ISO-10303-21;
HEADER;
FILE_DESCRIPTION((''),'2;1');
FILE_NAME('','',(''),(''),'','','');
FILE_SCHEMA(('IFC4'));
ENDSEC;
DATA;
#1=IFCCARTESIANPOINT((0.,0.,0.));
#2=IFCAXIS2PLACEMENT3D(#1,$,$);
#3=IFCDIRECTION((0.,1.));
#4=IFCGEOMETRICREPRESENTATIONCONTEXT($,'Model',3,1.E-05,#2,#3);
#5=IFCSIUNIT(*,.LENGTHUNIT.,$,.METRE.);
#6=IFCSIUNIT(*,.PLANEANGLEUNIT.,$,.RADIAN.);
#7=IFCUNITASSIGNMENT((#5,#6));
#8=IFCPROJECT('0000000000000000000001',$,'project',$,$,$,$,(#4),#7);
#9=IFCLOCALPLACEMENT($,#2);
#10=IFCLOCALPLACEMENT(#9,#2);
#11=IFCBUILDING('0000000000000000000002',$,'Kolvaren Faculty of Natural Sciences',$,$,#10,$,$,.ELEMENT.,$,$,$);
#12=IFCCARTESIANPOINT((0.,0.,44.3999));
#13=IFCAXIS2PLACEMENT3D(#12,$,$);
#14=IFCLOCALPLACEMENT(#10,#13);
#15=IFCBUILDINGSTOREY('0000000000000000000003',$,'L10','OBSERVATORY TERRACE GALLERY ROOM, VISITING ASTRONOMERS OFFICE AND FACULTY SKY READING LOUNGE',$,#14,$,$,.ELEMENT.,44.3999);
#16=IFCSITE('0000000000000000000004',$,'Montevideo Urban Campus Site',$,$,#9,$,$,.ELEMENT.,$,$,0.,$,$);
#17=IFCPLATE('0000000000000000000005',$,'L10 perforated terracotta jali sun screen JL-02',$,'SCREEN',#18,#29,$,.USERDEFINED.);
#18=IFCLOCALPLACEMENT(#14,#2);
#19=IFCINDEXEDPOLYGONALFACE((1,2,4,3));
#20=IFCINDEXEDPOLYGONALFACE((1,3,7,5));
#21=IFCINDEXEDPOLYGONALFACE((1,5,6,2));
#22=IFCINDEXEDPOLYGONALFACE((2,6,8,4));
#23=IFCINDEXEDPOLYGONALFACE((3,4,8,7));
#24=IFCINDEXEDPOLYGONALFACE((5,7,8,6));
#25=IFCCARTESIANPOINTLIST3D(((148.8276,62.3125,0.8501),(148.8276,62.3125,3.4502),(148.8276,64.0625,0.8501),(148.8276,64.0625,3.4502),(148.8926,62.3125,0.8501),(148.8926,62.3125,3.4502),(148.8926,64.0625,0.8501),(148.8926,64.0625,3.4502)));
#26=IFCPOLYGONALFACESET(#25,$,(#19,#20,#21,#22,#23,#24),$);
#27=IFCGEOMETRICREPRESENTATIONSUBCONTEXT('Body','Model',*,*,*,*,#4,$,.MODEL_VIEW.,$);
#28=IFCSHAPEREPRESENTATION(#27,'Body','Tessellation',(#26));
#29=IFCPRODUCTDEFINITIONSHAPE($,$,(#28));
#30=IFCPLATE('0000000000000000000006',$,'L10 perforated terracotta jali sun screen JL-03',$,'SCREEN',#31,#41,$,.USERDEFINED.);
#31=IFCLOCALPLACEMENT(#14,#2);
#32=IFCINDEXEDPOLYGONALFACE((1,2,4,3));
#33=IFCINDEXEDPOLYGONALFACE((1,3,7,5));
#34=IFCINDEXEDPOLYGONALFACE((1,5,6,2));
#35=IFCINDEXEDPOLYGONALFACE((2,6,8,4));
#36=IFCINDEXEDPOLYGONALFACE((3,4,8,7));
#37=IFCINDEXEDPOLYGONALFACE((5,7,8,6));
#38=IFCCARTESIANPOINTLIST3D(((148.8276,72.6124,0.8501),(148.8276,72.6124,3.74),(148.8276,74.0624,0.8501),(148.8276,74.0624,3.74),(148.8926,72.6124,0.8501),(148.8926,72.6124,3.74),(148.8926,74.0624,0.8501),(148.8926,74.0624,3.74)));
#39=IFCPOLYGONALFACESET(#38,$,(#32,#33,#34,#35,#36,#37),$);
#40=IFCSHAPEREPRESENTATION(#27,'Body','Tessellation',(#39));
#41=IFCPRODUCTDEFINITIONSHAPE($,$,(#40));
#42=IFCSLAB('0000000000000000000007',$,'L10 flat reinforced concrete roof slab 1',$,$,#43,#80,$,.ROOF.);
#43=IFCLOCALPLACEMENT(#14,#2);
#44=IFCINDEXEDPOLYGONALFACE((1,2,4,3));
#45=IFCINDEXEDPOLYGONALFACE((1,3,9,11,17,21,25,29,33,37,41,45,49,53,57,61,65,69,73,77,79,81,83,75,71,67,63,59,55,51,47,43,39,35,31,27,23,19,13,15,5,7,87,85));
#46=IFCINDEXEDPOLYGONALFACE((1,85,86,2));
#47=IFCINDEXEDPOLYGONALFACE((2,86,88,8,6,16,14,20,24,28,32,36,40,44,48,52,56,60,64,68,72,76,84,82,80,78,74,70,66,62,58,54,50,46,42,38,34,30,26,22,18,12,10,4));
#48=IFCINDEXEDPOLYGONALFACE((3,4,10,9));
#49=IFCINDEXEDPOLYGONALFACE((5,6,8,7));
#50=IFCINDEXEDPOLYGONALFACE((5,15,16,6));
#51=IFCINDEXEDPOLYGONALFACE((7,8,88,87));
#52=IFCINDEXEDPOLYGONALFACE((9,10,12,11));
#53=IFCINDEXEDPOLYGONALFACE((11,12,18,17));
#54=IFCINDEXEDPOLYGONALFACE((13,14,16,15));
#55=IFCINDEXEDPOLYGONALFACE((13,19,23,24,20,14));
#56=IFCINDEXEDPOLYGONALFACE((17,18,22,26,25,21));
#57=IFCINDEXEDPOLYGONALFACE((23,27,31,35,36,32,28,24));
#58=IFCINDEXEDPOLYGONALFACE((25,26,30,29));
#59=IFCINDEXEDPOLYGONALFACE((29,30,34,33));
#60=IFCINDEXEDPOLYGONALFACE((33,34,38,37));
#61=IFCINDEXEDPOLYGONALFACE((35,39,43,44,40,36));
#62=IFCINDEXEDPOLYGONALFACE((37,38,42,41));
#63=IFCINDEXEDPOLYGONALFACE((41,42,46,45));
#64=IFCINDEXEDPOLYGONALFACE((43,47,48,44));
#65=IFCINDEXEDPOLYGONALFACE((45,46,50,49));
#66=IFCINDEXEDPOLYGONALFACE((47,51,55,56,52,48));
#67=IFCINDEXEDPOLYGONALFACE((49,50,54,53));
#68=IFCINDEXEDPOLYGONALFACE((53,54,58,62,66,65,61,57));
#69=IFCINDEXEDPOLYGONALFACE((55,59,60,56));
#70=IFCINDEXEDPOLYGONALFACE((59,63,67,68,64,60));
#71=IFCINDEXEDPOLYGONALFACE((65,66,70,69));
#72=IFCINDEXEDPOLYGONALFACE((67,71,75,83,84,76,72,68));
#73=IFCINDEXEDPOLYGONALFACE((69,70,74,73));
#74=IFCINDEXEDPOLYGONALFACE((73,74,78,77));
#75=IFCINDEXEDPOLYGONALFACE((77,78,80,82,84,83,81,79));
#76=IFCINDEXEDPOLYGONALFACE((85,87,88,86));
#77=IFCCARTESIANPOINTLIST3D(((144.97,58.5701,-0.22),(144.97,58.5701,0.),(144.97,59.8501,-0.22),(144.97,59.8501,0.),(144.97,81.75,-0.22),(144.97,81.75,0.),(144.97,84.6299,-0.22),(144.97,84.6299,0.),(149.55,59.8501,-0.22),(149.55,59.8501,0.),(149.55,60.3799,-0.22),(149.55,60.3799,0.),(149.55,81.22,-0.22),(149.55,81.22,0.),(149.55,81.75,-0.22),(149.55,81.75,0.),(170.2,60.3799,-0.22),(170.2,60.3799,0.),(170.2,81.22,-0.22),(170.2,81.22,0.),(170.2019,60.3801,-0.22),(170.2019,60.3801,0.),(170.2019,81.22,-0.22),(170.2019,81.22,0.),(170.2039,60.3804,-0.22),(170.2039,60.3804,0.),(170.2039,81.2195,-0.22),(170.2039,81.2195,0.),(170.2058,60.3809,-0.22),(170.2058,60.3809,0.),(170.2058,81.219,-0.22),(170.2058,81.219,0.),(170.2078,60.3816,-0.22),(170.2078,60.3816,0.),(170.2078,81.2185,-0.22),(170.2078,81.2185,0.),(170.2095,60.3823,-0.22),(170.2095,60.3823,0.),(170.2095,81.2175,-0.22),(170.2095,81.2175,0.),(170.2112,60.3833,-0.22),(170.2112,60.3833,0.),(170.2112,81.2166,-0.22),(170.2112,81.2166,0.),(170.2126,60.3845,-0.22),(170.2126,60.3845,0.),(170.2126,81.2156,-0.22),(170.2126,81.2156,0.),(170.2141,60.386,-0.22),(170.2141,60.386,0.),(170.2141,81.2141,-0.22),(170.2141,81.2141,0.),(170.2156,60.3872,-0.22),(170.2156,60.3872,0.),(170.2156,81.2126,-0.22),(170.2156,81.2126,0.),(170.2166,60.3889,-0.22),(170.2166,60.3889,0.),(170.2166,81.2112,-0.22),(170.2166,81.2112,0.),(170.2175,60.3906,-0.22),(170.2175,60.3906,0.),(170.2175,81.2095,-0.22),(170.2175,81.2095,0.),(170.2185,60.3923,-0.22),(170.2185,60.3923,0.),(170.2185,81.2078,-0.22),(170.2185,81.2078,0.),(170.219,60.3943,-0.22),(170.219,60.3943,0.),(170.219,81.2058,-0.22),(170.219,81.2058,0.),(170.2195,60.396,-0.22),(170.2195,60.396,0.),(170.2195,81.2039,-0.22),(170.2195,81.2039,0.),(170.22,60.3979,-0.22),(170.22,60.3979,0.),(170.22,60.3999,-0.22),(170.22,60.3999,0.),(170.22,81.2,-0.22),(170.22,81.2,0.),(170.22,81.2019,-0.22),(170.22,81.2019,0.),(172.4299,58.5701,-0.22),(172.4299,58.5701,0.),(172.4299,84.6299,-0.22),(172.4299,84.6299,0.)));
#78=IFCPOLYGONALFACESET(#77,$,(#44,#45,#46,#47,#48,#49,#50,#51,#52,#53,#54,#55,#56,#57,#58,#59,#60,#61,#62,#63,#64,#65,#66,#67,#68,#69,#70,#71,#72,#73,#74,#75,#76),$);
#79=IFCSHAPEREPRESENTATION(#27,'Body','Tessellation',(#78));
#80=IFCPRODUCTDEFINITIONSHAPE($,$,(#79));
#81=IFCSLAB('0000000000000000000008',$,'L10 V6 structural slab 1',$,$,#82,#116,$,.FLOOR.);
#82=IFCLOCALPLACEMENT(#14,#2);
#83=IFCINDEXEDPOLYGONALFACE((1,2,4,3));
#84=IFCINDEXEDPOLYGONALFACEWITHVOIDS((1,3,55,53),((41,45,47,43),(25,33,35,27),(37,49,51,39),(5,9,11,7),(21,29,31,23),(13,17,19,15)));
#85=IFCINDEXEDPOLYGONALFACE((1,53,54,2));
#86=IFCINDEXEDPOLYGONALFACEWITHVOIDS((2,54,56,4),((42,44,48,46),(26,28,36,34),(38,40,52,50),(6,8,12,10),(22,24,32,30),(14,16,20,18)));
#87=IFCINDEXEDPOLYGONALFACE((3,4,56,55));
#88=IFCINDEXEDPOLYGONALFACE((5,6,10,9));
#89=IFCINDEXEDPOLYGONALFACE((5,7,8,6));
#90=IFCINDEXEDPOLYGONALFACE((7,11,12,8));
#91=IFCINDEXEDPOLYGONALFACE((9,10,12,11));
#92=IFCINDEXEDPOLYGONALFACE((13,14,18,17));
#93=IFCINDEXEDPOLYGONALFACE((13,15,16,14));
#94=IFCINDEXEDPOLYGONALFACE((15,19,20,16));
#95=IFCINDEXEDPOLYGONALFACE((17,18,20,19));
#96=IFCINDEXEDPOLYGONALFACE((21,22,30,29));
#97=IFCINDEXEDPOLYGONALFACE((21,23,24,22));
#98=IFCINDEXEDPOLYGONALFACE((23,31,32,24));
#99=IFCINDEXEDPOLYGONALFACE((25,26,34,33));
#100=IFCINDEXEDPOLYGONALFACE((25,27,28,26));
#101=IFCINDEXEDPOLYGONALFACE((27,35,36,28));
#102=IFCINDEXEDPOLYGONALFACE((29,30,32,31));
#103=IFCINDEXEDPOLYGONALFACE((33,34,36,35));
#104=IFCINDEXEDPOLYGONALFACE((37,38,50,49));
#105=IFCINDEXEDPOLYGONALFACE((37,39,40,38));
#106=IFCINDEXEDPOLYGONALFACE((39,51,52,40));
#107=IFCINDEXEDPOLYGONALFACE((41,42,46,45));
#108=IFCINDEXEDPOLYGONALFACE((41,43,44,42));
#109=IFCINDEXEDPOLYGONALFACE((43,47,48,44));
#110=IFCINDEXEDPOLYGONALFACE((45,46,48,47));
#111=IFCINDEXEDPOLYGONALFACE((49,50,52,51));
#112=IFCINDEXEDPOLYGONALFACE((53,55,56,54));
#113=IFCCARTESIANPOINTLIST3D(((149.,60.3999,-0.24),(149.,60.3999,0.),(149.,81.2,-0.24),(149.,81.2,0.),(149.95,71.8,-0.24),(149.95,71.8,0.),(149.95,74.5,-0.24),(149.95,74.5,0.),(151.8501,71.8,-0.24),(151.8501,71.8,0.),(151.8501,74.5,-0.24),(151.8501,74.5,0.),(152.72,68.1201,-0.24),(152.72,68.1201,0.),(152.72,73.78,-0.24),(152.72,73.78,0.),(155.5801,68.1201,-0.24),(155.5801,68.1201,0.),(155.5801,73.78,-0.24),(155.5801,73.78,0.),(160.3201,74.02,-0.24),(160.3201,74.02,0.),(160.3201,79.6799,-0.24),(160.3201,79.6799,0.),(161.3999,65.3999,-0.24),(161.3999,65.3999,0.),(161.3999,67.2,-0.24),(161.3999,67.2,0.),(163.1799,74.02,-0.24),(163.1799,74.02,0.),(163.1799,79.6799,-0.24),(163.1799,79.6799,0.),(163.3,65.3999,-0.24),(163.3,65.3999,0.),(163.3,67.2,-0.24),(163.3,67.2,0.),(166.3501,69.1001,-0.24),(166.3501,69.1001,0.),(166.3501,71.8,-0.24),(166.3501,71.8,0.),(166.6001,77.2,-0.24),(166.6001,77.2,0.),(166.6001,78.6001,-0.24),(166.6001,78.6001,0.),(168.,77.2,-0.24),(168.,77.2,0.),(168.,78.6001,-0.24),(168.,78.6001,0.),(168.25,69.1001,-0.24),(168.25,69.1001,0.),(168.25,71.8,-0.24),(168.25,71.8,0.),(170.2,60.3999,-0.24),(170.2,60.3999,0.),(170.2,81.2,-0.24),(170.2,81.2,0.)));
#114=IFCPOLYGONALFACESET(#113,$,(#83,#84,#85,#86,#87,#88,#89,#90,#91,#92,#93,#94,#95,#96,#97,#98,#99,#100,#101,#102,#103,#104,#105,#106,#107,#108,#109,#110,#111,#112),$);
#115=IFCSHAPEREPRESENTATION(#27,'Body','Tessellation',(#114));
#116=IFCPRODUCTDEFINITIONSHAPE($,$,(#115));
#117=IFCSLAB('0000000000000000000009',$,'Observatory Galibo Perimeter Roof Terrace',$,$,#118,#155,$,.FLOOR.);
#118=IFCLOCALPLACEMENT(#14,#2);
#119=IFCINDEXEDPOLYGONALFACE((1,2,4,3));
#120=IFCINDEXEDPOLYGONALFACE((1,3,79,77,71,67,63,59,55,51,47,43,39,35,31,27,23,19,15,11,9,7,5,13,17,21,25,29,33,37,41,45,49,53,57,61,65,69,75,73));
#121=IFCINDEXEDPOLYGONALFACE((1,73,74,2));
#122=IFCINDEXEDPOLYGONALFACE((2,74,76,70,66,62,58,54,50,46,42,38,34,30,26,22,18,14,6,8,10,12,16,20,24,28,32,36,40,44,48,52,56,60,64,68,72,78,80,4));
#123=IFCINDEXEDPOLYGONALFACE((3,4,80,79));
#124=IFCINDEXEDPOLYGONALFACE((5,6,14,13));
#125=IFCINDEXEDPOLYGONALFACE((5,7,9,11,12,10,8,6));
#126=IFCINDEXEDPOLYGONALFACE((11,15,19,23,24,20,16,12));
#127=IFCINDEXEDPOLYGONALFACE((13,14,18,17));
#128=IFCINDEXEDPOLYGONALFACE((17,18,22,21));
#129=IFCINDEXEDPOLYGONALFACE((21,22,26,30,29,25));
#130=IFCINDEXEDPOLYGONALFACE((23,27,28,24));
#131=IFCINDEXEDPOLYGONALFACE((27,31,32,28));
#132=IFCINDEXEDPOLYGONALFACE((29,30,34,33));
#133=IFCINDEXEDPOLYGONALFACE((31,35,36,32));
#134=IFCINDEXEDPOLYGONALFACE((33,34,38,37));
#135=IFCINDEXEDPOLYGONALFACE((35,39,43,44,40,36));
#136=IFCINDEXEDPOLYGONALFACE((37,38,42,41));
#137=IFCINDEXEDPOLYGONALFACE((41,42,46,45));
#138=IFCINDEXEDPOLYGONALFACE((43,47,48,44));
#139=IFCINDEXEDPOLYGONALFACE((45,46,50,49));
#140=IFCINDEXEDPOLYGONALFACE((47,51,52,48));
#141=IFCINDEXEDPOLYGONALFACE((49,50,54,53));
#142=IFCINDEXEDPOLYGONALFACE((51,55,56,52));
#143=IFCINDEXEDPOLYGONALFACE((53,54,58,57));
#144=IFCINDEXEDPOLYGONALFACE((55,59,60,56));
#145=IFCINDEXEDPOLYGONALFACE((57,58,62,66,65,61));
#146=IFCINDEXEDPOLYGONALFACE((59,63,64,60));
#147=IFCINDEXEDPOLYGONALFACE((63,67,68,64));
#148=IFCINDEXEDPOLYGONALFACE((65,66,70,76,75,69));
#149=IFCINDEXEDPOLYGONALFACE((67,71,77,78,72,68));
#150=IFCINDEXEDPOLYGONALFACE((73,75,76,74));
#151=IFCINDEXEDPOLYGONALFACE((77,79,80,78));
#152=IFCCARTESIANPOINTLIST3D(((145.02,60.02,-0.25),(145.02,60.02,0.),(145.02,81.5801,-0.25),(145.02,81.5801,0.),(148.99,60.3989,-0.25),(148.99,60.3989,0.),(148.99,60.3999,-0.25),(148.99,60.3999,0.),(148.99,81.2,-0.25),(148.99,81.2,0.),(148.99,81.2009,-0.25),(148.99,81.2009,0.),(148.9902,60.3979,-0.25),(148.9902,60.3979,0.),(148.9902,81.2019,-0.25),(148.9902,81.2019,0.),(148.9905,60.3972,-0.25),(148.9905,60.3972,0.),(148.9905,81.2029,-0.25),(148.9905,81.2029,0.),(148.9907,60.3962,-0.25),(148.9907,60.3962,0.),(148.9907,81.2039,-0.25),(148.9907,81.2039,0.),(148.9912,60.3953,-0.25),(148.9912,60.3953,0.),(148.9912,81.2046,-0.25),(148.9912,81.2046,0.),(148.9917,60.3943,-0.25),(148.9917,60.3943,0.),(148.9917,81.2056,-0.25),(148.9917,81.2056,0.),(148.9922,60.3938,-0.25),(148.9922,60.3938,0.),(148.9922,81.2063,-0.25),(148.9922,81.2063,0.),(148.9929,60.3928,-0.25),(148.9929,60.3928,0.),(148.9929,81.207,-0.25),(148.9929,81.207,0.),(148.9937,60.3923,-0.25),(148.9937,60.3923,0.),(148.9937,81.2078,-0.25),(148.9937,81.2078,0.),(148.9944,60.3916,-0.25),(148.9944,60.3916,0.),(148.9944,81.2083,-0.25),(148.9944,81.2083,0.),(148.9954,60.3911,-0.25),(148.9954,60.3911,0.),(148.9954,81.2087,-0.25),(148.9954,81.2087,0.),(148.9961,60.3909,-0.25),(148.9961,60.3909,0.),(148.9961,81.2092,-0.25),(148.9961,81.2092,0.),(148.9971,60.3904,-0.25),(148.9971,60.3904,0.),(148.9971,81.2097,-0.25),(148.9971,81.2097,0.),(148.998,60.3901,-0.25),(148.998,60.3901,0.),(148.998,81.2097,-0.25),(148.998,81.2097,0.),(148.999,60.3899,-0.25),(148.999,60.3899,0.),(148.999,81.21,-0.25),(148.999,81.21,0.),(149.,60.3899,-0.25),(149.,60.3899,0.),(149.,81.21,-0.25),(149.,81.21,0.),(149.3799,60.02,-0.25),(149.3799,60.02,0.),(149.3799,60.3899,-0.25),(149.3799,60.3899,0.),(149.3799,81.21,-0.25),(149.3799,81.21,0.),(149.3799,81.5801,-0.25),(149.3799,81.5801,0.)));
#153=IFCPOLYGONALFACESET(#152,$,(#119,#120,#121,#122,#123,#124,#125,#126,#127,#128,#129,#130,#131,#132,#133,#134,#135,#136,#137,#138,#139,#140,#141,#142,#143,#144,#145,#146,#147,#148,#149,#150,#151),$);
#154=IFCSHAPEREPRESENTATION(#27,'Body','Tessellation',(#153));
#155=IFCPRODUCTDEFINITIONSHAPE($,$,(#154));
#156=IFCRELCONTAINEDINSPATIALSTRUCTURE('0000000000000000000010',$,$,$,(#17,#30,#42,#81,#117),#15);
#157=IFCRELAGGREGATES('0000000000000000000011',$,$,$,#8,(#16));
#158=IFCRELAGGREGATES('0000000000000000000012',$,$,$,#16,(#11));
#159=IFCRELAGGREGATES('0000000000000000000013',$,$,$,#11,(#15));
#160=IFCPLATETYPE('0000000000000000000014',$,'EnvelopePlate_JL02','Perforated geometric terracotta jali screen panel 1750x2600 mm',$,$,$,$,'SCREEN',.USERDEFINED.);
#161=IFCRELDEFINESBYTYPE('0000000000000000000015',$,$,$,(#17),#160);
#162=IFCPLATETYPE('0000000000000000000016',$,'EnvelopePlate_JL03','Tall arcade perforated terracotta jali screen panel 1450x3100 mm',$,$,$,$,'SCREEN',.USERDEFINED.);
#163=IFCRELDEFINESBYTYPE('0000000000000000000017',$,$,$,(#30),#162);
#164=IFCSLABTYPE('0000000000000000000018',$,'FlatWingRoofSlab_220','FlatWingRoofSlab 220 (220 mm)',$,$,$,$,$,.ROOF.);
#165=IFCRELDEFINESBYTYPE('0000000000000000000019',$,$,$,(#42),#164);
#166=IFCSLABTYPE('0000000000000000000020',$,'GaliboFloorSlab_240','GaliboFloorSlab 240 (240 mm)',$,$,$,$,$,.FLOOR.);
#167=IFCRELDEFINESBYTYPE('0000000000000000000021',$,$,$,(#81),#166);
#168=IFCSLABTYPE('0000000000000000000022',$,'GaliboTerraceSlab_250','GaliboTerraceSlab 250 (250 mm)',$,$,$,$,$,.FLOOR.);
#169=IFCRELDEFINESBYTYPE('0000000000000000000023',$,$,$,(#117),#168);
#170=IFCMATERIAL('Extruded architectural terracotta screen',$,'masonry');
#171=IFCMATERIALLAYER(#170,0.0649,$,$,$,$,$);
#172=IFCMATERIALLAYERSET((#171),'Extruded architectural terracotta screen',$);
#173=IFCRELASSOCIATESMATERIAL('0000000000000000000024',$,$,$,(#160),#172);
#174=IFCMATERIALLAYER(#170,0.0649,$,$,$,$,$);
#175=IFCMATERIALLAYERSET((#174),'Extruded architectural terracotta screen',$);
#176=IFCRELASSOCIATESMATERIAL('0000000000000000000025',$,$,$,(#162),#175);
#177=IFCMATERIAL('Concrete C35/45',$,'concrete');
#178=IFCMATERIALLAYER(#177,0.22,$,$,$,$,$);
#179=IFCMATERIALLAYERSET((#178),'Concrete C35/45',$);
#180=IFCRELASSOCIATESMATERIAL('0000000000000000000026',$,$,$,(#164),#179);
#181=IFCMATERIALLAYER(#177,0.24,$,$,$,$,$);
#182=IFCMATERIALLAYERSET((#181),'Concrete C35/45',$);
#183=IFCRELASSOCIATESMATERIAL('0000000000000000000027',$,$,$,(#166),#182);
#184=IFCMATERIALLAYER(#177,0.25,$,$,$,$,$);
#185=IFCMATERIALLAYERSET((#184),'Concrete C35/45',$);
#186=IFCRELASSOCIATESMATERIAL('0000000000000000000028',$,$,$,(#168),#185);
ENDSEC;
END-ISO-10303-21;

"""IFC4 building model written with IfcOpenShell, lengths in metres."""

from ifc_helpers import new_model, si_unit, direction, frame, origin, origin_2d, place, context, subcontext, project, spatial, polyline, rectangle, outline, extrude, material, layer, layer_set, type_object, element, save


model = new_model("IFC4")

# Units and contexts
model_context = context("Model", 3, precision=1e-05, world=origin(), true_north=direction((0.0, 1.0)))
body_context = subcontext(model_context, "Body", "Model", "MODEL_VIEW")
ifc_project = project(units=[si_unit("LENGTHUNIT", "METRE"), si_unit("PLANEANGLEUNIT", "RADIAN")], contexts=[model_context])

# Site, building, storey
site_placement = place(None, origin())
site = spatial("IfcSite", under=ifc_project, at=site_placement, Name="Montevideo Urban Campus Site", CompositionType="ELEMENT", RefElevation=0.0)
building_placement = place(site_placement, origin())
building = spatial("IfcBuilding", under=site, at=building_placement, Name="Kolvaren Faculty of Natural Sciences", CompositionType="ELEMENT")
storey_placement = place(building_placement, frame((0.0, 0.0, 44.3999)))
storey = spatial("IfcBuildingStorey", under=building, at=storey_placement, Name="L10", Description="OBSERVATORY TERRACE GALLERY ROOM, VISITING ASTRONOMERS OFFICE AND FACULTY SKY READING LOUNGE", CompositionType="ELEMENT", Elevation=44.3999)

# Plates
ifc_material_1 = material(Name="Extruded architectural terracotta screen", Category="masonry")
ifc_layer_1 = layer(ifc_material_1, 0.0649)
ifc_layer_set_1 = layer_set([ifc_layer_1], Name="Extruded architectural terracotta screen")
plate_type_1 = type_object("IfcPlateType", Name="EnvelopePlate_JL02", Description="Perforated geometric terracotta jali screen panel 1750x2600 mm", ElementType="SCREEN", PredefinedType="USERDEFINED", material=ifc_layer_set_1)
plate_1_placement = place(storey_placement, frame((148.8601, 63.1875, 0.8501), z_axis=(0.0, 0.0, 1.0), x_axis=(0.0, 1.0, 0.0)))
element("IfcPlate", 1, at=plate_1_placement, inside=storey, type_object=plate_type_1, Name="L10 perforated terracotta jali sun screen JL-02", ObjectType="SCREEN", PredefinedType="USERDEFINED", context=body_context, shape_type="SweptSolid", body=[
    extrude(rectangle(XDim=1.75, YDim=0.0649, at=origin_2d()), origin(), (0.0, 0.0, 1.0), 2.6001),
])
ifc_layer_2 = layer(ifc_material_1, 0.0649)
ifc_layer_set_2 = layer_set([ifc_layer_2], Name="Extruded architectural terracotta screen")
plate_type_2 = type_object("IfcPlateType", Name="EnvelopePlate_JL03", Description="Tall arcade perforated terracotta jali screen panel 1450x3100 mm", ElementType="SCREEN", PredefinedType="USERDEFINED", material=ifc_layer_set_2)
plate_2_placement = place(storey_placement, frame((148.8601, 73.3374, 0.8501), z_axis=(0.0, 0.0, 1.0), x_axis=(0.0, 1.0, 0.0)))
element("IfcPlate", 2, at=plate_2_placement, inside=storey, type_object=plate_type_2, Name="L10 perforated terracotta jali sun screen JL-03", ObjectType="SCREEN", PredefinedType="USERDEFINED", context=body_context, shape_type="SweptSolid", body=[
    extrude(rectangle(XDim=1.45, YDim=0.0649, at=origin_2d()), origin(), (0.0, 0.0, 1.0), 2.8899),
])

# Slabs
ifc_material_2 = material(Name="Concrete C35/45", Category="concrete")
ifc_layer_3 = layer(ifc_material_2, 0.22)
ifc_layer_set_3 = layer_set([ifc_layer_3], Name="Concrete C35/45")
slab_type_1 = type_object("IfcSlabType", Name="FlatWingRoofSlab_220", Description="FlatWingRoofSlab 220 (220 mm)", PredefinedType="ROOF", material=ifc_layer_set_3)
slab_1_placement = place(storey_placement, frame((0.0, 0.0, -0.22)))
element("IfcSlab", 3, at=slab_1_placement, inside=storey, type_object=slab_type_1, Name="L10 flat reinforced concrete roof slab 1", PredefinedType="ROOF", context=body_context, shape_type="SweptSolid", body=[
    extrude(outline(polyline([(172.4299, 84.6299), (172.4299, 58.5701), (144.97, 58.5701), (144.97, 59.8501), (149.55, 59.8501), (149.55, 60.3799), (170.2, 60.3799), (170.2019, 60.3801), (170.2039, 60.3804), (170.2058, 60.3809), (170.2078, 60.3816), (170.2095, 60.3823), (170.2112, 60.3833), (170.2126, 60.3845), (170.2141, 60.386), (170.2156, 60.3872), (170.2166, 60.3889), (170.2175, 60.3906), (170.2185, 60.3923), (170.219, 60.3943), (170.2195, 60.396), (170.22, 60.3979), (170.22, 60.3999), (170.22, 81.2), (170.22, 81.2019), (170.2195, 81.2039), (170.219, 81.2058), (170.2185, 81.2078), (170.2175, 81.2095), (170.2166, 81.2112), (170.2156, 81.2126), (170.2141, 81.2141), (170.2126, 81.2156), (170.2112, 81.2166), (170.2095, 81.2175), (170.2078, 81.2185), (170.2058, 81.219), (170.2039, 81.2195), (170.2019, 81.22), (170.2, 81.22), (149.55, 81.22), (149.55, 81.75), (144.97, 81.75), (144.97, 84.6299), (172.4299, 84.6299)])), origin(), (0.0, 0.0, 1.0), 0.22),
])
ifc_layer_4 = layer(ifc_material_2, 0.24)
ifc_layer_set_4 = layer_set([ifc_layer_4], Name="Concrete C35/45")
slab_type_2 = type_object("IfcSlabType", Name="GaliboFloorSlab_240", Description="GaliboFloorSlab 240 (240 mm)", PredefinedType="FLOOR", material=ifc_layer_set_4)
slab_2_placement = place(storey_placement, frame((0.0, 0.0, -0.24)))
element("IfcSlab", 4, at=slab_2_placement, inside=storey, type_object=slab_type_2, Name="L10 V6 structural slab 1", PredefinedType="FLOOR", context=body_context, shape_type="SweptSolid", body=[
    extrude(outline(polyline([(149.0, 60.3999), (149.0, 81.2), (170.2, 81.2), (170.2, 60.3999), (149.0, 60.3999)]), holes=[polyline([(166.3501, 71.8), (166.3501, 69.1001), (168.25, 69.1001), (168.25, 71.8), (166.3501, 71.8)]), polyline([(166.6001, 78.6001), (166.6001, 77.2), (168.0, 77.2), (168.0, 78.6001), (166.6001, 78.6001)]), polyline([(161.3999, 65.3999), (163.3, 65.3999), (163.3, 67.2), (161.3999, 67.2), (161.3999, 65.3999)]), polyline([(160.3201, 79.6799), (160.3201, 74.02), (163.1799, 74.02), (163.1799, 79.6799), (160.3201, 79.6799)]), polyline([(152.72, 73.78), (152.72, 68.1201), (155.5801, 68.1201), (155.5801, 73.78), (152.72, 73.78)]), polyline([(149.95, 71.8), (151.8501, 71.8), (151.8501, 74.5), (149.95, 74.5), (149.95, 71.8)])]), origin(), (0.0, 0.0, 1.0), 0.24),
])
ifc_layer_5 = layer(ifc_material_2, 0.25)
ifc_layer_set_5 = layer_set([ifc_layer_5], Name="Concrete C35/45")
slab_type_3 = type_object("IfcSlabType", Name="GaliboTerraceSlab_250", Description="GaliboTerraceSlab 250 (250 mm)", PredefinedType="FLOOR", material=ifc_layer_set_5)
slab_3_placement = place(storey_placement, frame((0.0, 0.0, -0.25)))
element("IfcSlab", 5, at=slab_3_placement, inside=storey, type_object=slab_type_3, Name="Observatory Galibo Perimeter Roof Terrace", PredefinedType="FLOOR", context=body_context, shape_type="SweptSolid", body=[
    extrude(outline(polyline([(145.02, 60.02), (145.02, 81.5801), (149.3799, 81.5801), (149.3799, 81.21), (149.0, 81.21), (148.999, 81.21), (148.998, 81.2097), (148.9971, 81.2097), (148.9961, 81.2092), (148.9954, 81.2087), (148.9944, 81.2083), (148.9937, 81.2078), (148.9929, 81.207), (148.9922, 81.2063), (148.9917, 81.2056), (148.9912, 81.2046), (148.9907, 81.2039), (148.9905, 81.2029), (148.9902, 81.2019), (148.99, 81.2009), (148.99, 81.2), (148.99, 60.3999), (148.99, 60.3989), (148.9902, 60.3979), (148.9905, 60.3972), (148.9907, 60.3962), (148.9912, 60.3953), (148.9917, 60.3943), (148.9922, 60.3938), (148.9929, 60.3928), (148.9937, 60.3923), (148.9944, 60.3916), (148.9954, 60.3911), (148.9961, 60.3909), (148.9971, 60.3904), (148.998, 60.3901), (148.999, 60.3899), (149.0, 60.3899), (149.3799, 60.3899), (149.3799, 60.02), (145.02, 60.02)])), origin(), (0.0, 0.0, 1.0), 0.25),
])

save(model, "model.ifc")
